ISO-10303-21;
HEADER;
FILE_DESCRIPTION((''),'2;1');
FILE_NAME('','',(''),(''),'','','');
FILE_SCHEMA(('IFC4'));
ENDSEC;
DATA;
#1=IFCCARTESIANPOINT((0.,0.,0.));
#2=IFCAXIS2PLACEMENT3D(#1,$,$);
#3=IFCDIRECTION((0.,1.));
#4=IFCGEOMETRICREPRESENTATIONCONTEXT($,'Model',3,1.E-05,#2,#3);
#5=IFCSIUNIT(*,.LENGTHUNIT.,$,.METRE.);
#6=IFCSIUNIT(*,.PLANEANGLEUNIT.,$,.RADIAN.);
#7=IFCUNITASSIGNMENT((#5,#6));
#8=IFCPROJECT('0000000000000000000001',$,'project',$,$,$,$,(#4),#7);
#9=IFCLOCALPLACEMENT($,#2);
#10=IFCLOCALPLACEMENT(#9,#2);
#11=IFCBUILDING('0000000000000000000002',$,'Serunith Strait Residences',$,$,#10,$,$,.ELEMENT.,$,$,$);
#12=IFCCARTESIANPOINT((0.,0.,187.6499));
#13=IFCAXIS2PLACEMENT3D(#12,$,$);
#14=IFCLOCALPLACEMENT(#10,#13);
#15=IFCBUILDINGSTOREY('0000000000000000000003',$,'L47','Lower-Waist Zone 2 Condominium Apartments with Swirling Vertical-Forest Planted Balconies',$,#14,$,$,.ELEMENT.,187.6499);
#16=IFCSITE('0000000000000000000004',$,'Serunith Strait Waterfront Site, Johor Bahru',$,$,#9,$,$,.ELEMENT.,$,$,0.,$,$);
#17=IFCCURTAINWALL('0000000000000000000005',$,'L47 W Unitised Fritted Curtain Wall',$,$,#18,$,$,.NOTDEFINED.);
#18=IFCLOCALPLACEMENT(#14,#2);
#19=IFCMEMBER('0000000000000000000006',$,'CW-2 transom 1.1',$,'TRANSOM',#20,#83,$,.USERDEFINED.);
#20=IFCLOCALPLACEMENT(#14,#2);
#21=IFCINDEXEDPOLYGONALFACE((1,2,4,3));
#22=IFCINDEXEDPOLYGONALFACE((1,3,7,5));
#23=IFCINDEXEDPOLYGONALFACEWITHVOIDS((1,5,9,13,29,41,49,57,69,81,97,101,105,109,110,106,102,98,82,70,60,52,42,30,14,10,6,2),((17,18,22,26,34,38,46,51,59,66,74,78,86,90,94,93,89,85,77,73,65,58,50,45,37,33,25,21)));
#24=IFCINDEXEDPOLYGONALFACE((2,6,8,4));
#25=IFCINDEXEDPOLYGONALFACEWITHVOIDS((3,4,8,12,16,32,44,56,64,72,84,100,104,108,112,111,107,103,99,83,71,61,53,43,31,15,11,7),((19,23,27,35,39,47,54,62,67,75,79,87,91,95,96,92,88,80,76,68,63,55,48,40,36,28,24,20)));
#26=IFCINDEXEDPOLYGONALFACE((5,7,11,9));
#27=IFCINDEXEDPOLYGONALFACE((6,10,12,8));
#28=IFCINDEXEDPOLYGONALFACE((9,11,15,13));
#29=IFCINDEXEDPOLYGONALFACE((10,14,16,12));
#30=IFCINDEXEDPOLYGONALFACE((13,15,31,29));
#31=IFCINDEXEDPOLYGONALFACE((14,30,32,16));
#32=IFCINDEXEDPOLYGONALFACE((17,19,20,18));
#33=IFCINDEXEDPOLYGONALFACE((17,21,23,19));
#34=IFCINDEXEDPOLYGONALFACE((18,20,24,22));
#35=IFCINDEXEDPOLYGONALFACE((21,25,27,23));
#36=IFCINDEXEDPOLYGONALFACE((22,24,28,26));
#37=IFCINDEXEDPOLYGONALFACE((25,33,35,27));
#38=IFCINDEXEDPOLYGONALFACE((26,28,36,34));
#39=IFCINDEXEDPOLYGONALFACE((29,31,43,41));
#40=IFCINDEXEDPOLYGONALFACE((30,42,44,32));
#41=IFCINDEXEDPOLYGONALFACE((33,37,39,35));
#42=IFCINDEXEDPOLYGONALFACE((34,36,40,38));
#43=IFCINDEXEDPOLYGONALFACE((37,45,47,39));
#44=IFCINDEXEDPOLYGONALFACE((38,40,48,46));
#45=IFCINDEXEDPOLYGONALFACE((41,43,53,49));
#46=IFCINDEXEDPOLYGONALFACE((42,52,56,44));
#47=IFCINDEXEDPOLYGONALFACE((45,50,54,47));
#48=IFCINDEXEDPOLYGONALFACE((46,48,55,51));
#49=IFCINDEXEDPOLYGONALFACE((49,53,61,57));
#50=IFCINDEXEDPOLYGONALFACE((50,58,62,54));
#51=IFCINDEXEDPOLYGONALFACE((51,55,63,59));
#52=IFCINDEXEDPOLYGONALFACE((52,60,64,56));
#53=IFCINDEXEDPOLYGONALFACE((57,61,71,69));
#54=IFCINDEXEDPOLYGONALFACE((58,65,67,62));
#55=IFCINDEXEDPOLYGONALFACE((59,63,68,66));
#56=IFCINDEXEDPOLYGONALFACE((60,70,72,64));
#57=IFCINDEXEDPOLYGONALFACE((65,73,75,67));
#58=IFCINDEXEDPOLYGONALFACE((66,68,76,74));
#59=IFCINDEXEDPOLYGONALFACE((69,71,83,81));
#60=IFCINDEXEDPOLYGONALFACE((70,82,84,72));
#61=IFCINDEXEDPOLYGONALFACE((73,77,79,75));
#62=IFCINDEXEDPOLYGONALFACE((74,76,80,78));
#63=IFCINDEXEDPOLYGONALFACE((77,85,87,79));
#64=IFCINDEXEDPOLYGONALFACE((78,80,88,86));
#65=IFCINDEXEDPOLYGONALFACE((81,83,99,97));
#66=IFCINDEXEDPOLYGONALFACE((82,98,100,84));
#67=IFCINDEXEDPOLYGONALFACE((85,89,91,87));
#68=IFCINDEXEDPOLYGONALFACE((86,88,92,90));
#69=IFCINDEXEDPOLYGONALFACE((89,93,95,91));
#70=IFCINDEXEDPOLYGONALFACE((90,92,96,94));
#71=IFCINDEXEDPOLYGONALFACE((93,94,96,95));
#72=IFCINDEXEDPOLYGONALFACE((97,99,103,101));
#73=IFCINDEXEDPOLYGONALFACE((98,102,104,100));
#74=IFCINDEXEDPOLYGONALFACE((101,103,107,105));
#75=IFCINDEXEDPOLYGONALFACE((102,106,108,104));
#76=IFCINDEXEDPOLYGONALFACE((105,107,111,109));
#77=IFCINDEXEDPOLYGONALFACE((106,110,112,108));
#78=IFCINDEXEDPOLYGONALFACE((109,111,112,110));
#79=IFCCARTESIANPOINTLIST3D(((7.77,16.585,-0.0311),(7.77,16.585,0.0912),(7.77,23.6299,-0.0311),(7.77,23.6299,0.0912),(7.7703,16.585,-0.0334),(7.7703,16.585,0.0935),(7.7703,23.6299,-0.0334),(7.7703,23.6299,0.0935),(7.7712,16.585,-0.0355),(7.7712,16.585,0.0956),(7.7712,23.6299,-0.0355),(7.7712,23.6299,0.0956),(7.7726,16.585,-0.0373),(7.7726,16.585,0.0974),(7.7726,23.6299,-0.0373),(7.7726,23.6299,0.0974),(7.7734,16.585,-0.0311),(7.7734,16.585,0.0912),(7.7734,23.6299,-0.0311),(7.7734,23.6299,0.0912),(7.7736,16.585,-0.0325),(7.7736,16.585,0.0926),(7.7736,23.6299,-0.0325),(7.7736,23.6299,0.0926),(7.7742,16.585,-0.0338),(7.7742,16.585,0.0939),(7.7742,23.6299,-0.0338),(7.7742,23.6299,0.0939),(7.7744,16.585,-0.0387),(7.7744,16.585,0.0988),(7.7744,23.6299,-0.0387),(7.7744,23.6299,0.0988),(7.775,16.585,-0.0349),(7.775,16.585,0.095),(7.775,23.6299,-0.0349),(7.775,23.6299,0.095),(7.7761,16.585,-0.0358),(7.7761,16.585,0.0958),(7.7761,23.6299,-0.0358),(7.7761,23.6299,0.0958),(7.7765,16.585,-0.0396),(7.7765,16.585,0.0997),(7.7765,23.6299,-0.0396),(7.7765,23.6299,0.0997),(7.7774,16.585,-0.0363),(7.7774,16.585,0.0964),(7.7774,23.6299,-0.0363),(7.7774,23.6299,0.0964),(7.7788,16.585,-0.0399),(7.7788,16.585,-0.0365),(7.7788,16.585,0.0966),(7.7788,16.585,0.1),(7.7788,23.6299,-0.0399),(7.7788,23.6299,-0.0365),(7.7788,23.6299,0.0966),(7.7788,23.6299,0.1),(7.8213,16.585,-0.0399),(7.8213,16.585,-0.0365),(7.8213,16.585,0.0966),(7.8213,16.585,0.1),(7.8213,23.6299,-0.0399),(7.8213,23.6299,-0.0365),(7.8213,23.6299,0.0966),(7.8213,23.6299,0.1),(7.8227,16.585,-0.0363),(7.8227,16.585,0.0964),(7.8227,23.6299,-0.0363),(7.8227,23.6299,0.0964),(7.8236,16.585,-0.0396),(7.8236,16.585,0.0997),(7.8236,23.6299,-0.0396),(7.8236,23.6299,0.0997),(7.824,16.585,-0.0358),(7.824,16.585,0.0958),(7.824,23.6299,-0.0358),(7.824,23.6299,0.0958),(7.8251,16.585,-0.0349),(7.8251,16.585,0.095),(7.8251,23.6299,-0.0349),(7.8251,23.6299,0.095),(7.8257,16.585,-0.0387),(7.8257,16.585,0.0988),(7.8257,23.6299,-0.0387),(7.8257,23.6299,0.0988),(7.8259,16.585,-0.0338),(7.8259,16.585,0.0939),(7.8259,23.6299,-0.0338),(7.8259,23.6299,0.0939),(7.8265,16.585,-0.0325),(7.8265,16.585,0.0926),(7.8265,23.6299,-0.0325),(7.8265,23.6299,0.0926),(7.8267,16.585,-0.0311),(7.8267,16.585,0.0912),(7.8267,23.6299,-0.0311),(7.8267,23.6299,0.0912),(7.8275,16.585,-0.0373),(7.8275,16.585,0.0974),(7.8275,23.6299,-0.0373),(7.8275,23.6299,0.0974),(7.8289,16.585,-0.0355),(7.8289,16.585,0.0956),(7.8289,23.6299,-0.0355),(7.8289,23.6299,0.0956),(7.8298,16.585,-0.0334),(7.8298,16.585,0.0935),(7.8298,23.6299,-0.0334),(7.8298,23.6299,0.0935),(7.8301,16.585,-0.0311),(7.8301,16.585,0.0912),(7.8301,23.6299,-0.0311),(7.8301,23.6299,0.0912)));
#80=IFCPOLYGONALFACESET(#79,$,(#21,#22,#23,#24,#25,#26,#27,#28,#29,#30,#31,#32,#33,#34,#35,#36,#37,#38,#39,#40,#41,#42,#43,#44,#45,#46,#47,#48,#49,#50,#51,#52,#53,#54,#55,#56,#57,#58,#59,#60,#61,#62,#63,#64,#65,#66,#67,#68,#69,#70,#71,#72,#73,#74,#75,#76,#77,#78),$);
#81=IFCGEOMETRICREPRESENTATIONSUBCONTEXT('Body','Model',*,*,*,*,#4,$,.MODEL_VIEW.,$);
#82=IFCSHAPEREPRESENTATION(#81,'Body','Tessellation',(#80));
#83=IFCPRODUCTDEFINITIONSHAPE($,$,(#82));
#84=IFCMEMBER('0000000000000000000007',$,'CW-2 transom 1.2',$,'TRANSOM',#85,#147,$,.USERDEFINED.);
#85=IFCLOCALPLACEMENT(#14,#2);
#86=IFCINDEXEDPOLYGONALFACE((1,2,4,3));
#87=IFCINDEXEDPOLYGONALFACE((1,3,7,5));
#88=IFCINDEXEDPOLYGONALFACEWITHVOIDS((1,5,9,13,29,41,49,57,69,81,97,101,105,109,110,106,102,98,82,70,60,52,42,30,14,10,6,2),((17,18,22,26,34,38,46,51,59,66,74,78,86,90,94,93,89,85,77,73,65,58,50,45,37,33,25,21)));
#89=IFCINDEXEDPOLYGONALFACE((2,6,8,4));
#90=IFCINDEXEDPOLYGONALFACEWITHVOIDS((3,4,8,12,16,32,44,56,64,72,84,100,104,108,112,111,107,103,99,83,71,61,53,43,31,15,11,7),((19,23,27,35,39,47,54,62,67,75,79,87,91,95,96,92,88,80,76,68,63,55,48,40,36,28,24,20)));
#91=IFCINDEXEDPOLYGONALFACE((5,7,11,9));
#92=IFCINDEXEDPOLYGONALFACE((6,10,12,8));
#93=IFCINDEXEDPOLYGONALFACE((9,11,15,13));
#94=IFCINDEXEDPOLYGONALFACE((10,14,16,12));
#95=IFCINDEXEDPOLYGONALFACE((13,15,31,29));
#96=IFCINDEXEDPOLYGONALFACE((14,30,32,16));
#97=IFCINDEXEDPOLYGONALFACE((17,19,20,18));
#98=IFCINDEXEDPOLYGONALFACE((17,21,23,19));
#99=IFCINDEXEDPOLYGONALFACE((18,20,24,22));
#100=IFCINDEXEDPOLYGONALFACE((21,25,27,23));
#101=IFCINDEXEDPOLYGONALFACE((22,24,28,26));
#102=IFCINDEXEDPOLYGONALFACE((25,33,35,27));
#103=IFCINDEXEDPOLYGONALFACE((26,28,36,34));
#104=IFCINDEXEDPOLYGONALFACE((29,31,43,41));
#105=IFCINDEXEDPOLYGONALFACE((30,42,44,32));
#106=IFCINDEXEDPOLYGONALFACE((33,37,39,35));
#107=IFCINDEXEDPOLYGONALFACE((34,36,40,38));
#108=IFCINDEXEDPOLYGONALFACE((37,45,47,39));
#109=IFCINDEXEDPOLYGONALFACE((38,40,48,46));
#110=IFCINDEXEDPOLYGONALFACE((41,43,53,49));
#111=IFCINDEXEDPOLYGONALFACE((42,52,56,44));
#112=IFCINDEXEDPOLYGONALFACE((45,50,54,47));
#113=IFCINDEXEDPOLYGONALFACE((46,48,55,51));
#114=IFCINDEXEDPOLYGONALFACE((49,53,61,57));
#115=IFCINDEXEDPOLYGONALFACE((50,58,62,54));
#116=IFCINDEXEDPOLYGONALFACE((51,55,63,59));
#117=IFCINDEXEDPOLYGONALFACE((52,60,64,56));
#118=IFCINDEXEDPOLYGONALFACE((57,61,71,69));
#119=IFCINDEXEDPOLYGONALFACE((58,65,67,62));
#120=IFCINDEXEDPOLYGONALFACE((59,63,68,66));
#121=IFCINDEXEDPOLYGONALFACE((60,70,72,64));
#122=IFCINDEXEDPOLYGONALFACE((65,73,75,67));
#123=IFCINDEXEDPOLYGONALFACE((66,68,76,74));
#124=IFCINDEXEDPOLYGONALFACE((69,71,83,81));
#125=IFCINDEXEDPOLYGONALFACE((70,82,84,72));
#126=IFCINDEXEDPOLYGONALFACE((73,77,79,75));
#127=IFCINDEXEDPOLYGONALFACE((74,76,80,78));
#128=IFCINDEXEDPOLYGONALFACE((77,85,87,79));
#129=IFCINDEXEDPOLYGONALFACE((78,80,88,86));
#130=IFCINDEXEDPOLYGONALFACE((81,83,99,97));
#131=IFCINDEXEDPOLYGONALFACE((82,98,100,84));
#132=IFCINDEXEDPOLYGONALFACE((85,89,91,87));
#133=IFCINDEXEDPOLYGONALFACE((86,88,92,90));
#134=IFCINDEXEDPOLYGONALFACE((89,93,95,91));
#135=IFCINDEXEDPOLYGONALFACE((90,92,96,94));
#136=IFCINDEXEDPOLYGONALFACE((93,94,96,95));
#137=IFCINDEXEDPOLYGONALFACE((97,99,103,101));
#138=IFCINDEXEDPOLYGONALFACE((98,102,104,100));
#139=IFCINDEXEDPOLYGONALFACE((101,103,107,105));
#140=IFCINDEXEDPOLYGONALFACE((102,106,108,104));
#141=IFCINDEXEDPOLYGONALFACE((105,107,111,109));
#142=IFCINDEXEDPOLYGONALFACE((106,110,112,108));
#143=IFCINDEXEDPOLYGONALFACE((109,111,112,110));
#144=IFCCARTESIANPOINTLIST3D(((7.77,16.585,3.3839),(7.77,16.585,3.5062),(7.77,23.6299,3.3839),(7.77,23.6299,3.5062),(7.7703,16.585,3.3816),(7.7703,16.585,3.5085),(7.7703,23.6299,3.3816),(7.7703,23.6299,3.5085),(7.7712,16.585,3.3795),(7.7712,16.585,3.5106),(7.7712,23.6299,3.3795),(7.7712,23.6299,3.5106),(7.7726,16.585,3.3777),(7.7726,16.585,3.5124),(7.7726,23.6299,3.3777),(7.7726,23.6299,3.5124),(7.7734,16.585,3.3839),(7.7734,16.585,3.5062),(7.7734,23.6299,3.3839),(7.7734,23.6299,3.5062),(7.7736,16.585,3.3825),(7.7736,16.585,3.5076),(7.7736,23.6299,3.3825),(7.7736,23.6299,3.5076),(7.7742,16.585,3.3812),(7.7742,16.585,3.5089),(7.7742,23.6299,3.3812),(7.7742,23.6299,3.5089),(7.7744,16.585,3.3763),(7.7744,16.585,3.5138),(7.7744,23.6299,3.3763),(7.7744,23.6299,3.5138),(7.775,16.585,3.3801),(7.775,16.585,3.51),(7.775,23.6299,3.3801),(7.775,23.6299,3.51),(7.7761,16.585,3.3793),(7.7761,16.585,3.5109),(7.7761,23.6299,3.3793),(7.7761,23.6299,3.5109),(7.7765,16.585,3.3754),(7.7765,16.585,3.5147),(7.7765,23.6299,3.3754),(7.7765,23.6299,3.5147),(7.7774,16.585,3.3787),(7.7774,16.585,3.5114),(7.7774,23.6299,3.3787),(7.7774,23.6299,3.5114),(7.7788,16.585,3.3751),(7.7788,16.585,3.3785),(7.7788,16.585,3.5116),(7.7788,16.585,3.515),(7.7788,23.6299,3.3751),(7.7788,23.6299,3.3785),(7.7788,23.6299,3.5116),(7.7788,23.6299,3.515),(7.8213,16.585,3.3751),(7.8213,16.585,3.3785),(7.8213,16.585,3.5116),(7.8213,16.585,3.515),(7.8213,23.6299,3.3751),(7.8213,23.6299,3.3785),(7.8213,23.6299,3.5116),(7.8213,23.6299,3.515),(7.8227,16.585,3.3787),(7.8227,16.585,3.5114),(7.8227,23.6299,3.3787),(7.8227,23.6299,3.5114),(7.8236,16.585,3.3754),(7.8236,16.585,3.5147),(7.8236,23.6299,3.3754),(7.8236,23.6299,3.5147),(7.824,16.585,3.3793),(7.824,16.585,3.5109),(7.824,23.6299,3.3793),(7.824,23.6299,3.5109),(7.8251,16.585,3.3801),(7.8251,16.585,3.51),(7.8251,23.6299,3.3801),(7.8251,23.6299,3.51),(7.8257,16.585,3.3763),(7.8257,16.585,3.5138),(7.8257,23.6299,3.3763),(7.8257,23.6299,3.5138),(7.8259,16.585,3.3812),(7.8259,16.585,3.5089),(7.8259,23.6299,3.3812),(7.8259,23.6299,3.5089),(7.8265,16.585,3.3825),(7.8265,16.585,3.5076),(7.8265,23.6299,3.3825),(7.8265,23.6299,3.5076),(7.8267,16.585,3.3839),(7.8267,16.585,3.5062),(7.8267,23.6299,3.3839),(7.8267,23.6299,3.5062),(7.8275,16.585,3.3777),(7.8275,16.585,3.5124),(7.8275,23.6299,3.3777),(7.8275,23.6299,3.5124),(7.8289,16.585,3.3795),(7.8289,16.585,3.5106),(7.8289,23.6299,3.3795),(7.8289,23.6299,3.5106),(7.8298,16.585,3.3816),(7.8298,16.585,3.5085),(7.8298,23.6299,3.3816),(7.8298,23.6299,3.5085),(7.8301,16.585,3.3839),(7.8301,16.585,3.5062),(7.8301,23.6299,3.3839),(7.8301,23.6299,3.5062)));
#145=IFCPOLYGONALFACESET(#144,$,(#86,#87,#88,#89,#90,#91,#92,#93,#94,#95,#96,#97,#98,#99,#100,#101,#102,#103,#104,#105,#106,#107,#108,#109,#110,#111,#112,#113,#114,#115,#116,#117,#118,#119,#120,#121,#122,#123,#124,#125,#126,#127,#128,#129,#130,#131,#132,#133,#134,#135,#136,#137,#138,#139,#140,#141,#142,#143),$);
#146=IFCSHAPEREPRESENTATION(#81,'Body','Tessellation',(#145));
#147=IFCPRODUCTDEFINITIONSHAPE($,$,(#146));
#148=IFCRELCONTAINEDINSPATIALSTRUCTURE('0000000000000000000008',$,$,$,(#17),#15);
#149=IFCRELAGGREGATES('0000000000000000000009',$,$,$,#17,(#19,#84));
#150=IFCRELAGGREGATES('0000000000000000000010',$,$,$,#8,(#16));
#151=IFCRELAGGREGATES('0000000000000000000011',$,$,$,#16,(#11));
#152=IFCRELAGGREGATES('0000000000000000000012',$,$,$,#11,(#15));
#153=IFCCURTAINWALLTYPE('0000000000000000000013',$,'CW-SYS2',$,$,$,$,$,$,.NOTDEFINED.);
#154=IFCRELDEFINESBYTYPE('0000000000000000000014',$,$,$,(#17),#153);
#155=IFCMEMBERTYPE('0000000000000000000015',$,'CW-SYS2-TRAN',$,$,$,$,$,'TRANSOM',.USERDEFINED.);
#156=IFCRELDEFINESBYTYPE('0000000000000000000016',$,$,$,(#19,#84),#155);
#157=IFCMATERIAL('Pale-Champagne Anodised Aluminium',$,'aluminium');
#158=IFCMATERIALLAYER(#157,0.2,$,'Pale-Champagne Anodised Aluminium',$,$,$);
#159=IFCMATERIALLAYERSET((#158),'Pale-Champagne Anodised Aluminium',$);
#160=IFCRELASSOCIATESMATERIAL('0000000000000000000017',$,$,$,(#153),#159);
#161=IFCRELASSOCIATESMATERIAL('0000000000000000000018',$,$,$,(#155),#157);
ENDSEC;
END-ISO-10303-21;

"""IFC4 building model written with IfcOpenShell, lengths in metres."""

from ifc_helpers import new_model, si_unit, direction, frame, origin, origin_2d, place, context, subcontext, project, spatial, hollow_rectangle, extrude, source, transform, mapped, material, layer, layer_set, material_profile, profile_set, type_object, element, aggregate, save


model = new_model("IFC4")

# Units and contexts
model_context = context("Model", 3, precision=1e-05, world=origin(), true_north=direction((0.0, 1.0)))
body_context = subcontext(model_context, "Body", "Model", "MODEL_VIEW")
ifc_project = project(units=[si_unit("LENGTHUNIT", "METRE"), si_unit("PLANEANGLEUNIT", "RADIAN")], contexts=[model_context])

# Site, building, storey
site_placement = place(None, origin())
site = spatial("IfcSite", under=ifc_project, at=site_placement, Name="Serunith Strait Waterfront Site, Johor Bahru", CompositionType="ELEMENT", RefElevation=0.0)
building_placement = place(site_placement, origin())
building = spatial("IfcBuilding", under=site, at=building_placement, Name="Serunith Strait Residences", CompositionType="ELEMENT")
storey_placement = place(building_placement, frame((0.0, 0.0, 187.6499)))
storey = spatial("IfcBuildingStorey", under=building, at=storey_placement, Name="L47", Description="Lower-Waist Zone 2 Condominium Apartments with Swirling Vertical-Forest Planted Balconies", CompositionType="ELEMENT", Elevation=187.6499)

# Curtain wall, members
ifc_material_1 = material(Name="Pale-Champagne Anodised Aluminium", Category="aluminium")
ifc_layer_1 = layer(ifc_material_1, 0.2, Name="Pale-Champagne Anodised Aluminium")
ifc_layer_set_1 = layer_set([ifc_layer_1], Name="Pale-Champagne Anodised Aluminium")
curtain_wall_type = type_object("IfcCurtainWallType", Name="CW-SYS2", PredefinedType="NOTDEFINED", material=ifc_layer_set_1)
curtain_wall_placement = place(storey_placement, origin())
curtain_wall = element("IfcCurtainWall", 1, at=curtain_wall_placement, inside=storey, type_object=curtain_wall_type, Name="L47 W Unitised Fritted Curtain Wall", PredefinedType="NOTDEFINED")
ifc_material_profile_1 = material_profile(ifc_material_1, hollow_rectangle(XDim=0.0601, YDim=0.1399, WallThickness=0.0034, InnerFilletRadius=0.0054, OuterFilletRadius=0.0088, at=origin_2d()), Name="ALU 140x60x3.5")
ifc_profile_set_1 = profile_set([ifc_material_profile_1], Name="Pale-Champagne Anodised Aluminium")
member_type_1 = type_object("IfcMemberType", Name="CW-SYS2-TRAN", ElementType="TRANSOM", PredefinedType="USERDEFINED", material=ifc_profile_set_1)
shared_shape_1 = source(origin(), body_context, "Body", "SweptSolid", [
    extrude(hollow_rectangle(XDim=0.0601, YDim=0.1399, WallThickness=0.0034, InnerFilletRadius=0.0054, OuterFilletRadius=0.0088, at=origin_2d()), origin(), (0.0, 0.0, 1.0), 7.0449),
])
member_1_placement = place(storey_placement, frame((7.8, 23.6299, 0.03), z_axis=(0.0, -1.0, 0.0), x_axis=(1.0, 0.0, 0.0)))
member_1 = element("IfcMember", 2, at=member_1_placement, type_object=member_type_1, Name="CW-2 transom 1.1", ObjectType="TRANSOM", PredefinedType="USERDEFINED", context=body_context, shape_type="MappedRepresentation", body=[
    mapped(shared_shape_1, transform((0.0, 0.0, 0.0), scale=1.0)),
])
member_2_placement = place(storey_placement, frame((7.8, 23.6299, 3.4451), z_axis=(0.0, -1.0, 0.0), x_axis=(1.0, 0.0, 0.0)))
member_2 = element("IfcMember", 3, at=member_2_placement, type_object=member_type_1, Name="CW-2 transom 1.2", ObjectType="TRANSOM", PredefinedType="USERDEFINED", context=body_context, shape_type="MappedRepresentation", body=[
    mapped(shared_shape_1, transform((0.0, 0.0, 0.0), scale=1.0)),
])
aggregate(curtain_wall, [member_1, member_2])

save(model, "model.ifc")
